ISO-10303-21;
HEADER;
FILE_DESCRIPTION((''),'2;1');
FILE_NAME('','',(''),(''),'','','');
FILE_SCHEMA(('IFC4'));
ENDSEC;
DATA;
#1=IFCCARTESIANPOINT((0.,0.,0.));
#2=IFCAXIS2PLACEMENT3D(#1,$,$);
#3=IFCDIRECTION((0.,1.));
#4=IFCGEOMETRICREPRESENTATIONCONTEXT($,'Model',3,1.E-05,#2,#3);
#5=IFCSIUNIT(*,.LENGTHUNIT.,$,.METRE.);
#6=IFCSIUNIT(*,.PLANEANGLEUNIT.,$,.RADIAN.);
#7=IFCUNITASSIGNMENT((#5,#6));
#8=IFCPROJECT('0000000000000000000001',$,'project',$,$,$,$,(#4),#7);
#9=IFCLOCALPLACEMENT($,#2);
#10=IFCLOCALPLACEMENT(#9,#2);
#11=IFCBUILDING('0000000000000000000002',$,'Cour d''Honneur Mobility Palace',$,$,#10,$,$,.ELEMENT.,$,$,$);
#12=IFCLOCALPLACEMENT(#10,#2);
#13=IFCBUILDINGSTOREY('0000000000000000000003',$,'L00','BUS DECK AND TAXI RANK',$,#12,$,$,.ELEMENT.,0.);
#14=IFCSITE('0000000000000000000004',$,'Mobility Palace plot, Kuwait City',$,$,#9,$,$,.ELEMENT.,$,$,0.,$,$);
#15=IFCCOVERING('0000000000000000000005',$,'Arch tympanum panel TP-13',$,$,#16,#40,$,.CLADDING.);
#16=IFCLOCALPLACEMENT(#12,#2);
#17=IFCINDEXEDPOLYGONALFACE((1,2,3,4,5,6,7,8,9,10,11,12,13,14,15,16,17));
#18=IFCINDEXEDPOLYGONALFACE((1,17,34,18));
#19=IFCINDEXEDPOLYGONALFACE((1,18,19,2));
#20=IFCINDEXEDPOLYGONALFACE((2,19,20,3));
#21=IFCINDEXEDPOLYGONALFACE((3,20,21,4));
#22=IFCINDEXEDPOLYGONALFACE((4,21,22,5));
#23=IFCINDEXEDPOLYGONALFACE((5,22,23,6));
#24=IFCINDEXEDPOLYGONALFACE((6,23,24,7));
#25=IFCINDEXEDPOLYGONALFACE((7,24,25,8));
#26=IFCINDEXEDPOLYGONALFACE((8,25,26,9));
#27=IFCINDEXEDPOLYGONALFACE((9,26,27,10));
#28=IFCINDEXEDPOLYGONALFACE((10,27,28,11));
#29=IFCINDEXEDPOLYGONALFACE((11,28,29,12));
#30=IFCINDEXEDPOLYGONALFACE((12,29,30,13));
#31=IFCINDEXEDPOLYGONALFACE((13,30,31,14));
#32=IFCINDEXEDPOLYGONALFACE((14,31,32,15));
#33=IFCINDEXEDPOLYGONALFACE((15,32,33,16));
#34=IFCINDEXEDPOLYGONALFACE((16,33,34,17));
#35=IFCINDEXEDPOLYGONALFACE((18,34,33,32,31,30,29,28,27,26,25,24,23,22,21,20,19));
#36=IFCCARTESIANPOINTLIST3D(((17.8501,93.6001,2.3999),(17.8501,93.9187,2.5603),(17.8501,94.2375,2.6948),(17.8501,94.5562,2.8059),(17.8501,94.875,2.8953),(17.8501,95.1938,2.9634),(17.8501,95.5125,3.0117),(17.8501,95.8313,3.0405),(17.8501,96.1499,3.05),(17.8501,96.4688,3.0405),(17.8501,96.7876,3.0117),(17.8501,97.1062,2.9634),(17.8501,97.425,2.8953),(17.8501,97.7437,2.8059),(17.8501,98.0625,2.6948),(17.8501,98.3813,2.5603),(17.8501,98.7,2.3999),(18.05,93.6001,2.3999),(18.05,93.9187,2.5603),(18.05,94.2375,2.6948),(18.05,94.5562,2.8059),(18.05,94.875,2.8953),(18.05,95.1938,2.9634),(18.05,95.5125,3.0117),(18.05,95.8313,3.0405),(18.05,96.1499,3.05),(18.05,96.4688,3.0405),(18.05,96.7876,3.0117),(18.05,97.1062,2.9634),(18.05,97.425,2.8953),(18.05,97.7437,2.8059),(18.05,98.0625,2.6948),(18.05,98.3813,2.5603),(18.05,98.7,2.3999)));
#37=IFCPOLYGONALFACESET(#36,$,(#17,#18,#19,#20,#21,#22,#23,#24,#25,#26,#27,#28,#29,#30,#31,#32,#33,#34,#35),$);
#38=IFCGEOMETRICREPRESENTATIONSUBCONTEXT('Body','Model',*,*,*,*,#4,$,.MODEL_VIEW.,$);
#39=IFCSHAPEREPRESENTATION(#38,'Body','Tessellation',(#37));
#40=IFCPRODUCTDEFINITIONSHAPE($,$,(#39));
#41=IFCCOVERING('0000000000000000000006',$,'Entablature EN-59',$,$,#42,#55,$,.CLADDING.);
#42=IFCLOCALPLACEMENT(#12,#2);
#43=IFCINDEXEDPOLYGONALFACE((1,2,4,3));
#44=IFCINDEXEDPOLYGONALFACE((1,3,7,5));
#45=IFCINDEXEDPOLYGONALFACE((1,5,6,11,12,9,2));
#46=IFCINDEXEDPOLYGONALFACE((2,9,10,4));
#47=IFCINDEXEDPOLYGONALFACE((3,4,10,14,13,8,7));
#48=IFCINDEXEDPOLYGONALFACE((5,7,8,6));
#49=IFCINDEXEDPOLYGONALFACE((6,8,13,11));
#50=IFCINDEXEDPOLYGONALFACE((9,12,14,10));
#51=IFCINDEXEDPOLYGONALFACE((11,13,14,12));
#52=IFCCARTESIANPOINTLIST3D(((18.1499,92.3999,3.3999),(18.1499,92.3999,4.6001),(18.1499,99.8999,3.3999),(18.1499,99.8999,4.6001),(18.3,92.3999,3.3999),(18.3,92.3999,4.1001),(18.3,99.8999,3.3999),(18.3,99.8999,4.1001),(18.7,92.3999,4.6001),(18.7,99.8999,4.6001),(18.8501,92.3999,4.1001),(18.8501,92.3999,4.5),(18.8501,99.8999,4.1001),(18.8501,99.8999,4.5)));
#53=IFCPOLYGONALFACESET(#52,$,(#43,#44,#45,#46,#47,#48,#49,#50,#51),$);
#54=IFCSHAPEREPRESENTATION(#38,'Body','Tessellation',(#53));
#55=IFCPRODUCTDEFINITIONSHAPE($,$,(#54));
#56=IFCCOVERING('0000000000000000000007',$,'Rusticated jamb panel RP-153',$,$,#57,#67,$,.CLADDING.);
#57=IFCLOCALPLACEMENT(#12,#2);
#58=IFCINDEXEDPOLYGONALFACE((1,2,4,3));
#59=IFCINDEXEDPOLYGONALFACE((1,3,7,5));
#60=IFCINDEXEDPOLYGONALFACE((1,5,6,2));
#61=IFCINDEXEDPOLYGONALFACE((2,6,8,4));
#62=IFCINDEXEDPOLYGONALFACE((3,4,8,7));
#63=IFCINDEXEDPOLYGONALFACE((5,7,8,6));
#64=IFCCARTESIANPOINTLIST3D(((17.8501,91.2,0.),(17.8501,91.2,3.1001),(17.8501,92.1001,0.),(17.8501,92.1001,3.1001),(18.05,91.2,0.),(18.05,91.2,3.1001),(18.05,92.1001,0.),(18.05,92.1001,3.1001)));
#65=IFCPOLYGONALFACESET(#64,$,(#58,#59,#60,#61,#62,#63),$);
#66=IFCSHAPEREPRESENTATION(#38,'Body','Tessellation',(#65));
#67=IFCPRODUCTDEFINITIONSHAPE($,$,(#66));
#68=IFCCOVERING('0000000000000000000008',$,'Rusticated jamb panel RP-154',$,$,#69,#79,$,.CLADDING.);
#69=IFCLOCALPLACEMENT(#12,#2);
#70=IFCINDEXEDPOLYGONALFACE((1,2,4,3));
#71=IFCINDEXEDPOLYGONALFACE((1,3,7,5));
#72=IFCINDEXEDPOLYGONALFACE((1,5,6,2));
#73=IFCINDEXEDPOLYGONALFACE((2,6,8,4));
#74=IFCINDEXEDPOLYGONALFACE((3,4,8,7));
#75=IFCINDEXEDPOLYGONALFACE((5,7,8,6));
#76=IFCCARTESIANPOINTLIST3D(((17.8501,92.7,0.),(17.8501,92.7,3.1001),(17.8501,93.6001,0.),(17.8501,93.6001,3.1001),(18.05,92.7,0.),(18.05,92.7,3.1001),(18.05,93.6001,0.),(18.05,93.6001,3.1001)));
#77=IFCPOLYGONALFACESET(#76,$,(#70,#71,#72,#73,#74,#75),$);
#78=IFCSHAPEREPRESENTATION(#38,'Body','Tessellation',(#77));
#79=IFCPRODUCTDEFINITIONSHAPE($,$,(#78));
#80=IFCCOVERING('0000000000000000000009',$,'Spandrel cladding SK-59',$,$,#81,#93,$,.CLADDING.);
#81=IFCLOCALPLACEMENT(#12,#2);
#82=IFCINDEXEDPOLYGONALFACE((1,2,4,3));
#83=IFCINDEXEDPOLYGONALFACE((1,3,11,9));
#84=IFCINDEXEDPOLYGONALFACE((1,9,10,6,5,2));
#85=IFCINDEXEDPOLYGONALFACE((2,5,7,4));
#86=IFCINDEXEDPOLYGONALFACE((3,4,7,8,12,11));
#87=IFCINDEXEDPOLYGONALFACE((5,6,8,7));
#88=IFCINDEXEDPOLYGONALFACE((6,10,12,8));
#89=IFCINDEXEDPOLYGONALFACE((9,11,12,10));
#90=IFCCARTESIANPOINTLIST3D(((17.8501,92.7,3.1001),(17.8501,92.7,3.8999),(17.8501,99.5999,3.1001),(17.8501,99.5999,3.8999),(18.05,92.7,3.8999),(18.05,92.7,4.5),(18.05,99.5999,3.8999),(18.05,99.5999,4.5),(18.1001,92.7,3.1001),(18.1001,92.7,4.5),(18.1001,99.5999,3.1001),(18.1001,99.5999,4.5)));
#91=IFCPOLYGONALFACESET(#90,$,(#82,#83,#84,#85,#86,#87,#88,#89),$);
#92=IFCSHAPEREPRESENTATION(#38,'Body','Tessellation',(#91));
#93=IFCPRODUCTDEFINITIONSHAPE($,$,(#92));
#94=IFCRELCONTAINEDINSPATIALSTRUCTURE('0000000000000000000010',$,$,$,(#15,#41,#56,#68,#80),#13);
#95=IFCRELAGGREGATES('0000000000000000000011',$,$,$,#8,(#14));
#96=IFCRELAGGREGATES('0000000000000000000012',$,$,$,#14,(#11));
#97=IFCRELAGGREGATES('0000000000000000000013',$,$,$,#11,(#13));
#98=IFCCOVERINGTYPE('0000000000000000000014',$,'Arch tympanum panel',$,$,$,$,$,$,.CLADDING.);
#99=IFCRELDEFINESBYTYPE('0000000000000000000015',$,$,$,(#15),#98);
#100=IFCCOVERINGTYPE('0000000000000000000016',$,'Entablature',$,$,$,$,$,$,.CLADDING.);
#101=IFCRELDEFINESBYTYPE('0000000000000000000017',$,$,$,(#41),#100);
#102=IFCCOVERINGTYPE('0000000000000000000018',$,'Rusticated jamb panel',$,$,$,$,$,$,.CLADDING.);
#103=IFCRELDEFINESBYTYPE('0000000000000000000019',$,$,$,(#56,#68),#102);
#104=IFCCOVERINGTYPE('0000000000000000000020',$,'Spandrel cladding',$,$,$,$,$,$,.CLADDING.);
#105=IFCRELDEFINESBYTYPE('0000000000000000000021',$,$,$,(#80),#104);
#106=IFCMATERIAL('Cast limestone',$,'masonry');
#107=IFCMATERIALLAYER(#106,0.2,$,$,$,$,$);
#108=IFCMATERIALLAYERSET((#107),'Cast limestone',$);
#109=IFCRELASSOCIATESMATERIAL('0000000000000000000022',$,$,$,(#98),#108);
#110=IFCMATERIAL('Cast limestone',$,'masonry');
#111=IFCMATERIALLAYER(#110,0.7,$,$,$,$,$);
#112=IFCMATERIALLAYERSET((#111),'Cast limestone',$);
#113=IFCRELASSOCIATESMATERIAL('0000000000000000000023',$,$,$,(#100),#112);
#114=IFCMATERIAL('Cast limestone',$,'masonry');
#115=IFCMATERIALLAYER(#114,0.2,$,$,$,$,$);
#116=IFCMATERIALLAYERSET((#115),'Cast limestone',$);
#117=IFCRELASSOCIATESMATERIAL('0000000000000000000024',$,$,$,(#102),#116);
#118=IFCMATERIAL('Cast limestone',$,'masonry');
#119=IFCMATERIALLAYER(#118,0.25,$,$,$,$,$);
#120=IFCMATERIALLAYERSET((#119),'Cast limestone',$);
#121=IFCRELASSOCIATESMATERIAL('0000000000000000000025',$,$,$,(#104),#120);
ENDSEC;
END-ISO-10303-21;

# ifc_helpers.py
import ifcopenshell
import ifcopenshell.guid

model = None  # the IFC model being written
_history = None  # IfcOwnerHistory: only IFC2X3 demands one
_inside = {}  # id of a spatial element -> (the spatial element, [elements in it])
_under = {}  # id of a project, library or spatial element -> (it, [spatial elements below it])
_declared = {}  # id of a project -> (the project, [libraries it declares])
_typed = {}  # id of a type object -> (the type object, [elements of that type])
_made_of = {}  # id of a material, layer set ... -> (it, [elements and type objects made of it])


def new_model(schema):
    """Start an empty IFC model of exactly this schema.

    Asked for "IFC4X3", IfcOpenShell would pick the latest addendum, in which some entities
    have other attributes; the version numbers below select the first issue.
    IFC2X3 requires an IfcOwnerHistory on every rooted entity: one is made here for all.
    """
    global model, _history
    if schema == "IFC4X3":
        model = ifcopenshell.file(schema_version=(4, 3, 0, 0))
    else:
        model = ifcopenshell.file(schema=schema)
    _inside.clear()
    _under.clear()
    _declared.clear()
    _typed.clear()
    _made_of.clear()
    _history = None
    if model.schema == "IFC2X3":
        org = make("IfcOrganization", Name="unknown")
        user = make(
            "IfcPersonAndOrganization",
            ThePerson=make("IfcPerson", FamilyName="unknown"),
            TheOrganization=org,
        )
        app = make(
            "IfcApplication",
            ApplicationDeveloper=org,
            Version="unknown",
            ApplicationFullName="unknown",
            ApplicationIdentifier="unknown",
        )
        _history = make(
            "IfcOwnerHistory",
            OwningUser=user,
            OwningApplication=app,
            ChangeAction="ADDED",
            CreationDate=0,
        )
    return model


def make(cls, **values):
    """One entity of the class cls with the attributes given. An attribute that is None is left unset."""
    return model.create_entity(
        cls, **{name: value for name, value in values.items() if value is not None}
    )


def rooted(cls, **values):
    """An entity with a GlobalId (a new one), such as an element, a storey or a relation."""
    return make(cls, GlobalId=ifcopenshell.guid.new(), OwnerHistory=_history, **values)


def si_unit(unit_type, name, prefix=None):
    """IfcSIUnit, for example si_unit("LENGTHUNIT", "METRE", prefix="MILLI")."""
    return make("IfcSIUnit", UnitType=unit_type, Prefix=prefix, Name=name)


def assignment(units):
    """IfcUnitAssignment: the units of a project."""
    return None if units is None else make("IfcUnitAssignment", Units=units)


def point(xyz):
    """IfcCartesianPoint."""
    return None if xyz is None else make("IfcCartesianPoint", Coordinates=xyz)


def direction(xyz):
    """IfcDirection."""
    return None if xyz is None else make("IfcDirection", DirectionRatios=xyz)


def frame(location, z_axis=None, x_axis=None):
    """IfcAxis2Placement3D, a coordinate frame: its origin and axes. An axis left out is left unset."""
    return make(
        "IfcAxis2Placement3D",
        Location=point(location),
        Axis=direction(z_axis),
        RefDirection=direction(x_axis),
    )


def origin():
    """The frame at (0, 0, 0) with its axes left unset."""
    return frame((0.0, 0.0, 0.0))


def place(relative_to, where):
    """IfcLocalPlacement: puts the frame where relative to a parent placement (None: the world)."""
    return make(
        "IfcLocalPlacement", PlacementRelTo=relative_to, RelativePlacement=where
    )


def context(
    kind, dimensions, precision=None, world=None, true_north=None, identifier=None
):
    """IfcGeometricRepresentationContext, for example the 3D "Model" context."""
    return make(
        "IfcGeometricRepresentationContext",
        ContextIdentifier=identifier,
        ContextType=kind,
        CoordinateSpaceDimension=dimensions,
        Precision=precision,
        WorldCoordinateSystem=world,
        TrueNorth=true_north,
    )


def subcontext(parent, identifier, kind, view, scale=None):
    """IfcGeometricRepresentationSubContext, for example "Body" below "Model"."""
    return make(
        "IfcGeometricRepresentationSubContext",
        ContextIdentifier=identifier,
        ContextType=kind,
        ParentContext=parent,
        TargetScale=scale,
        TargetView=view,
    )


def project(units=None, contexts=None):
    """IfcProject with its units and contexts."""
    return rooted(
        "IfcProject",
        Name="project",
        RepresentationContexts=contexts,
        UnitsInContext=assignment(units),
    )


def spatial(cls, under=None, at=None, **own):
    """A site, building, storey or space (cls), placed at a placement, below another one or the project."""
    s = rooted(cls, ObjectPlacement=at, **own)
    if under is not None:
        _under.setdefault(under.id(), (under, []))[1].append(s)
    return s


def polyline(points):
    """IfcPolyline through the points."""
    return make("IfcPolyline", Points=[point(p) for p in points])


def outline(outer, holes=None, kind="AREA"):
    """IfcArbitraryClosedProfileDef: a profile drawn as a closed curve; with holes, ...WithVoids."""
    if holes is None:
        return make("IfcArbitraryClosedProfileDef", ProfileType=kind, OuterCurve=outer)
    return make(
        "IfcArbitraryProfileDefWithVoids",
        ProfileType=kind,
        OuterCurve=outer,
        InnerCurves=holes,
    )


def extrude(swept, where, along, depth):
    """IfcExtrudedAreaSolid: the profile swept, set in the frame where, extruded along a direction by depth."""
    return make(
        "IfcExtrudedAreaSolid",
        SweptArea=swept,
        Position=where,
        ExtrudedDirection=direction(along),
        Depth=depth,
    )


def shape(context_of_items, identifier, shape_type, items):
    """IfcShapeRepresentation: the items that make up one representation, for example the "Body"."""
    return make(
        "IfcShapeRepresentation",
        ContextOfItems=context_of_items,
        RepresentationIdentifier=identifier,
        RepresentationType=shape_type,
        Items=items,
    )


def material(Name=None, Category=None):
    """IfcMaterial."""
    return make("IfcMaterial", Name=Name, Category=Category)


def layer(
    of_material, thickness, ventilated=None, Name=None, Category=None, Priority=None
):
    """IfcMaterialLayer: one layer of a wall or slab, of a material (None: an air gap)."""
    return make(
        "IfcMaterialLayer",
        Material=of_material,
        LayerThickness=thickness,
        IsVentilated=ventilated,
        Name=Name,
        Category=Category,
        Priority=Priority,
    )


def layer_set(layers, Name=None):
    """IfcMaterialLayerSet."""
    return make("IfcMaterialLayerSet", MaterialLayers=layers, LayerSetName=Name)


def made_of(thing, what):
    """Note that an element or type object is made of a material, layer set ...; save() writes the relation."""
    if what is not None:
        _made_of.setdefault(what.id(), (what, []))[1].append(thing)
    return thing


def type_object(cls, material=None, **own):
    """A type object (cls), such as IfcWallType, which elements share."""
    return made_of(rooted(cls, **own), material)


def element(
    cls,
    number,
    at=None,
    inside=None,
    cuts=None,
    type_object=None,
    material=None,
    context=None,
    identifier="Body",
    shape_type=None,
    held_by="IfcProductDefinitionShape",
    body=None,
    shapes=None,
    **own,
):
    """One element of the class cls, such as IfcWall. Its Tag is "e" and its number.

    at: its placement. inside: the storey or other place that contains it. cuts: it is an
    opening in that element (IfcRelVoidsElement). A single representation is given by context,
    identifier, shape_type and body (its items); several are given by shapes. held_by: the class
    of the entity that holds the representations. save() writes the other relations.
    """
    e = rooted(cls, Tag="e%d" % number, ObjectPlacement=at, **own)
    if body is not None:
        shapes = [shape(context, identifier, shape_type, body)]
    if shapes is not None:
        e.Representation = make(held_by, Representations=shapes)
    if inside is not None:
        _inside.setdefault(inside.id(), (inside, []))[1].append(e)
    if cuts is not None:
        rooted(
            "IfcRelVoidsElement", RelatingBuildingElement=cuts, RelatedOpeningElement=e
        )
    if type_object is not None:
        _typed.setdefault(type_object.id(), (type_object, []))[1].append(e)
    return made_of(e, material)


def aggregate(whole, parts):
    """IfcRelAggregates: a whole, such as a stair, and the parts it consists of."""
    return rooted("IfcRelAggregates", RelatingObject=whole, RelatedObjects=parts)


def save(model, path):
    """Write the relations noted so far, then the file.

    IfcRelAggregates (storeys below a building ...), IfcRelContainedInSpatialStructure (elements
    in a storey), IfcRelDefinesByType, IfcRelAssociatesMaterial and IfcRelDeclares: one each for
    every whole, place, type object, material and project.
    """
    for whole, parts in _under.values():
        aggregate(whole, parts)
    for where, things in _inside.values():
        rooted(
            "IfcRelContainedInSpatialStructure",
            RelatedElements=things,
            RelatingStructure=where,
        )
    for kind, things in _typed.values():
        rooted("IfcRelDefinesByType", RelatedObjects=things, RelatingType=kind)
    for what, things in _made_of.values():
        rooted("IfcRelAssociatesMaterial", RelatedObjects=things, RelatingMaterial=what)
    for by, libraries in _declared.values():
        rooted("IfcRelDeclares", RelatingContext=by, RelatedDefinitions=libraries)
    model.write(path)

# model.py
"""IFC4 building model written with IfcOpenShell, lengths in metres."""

from ifc_helpers import new_model, si_unit, direction, frame, origin, place, context, subcontext, project, spatial, polyline, outline, extrude, material, layer, layer_set, type_object, element, save


model = new_model("IFC4")

# Units and contexts
model_context = context("Model", 3, precision=1e-05, world=origin(), true_north=direction((0.0, 1.0)))
body_context = subcontext(model_context, "Body", "Model", "MODEL_VIEW")
ifc_project = project(units=[si_unit("LENGTHUNIT", "METRE"), si_unit("PLANEANGLEUNIT", "RADIAN")], contexts=[model_context])

# Site, building, storey
site_placement = place(None, origin())
site = spatial("IfcSite", under=ifc_project, at=site_placement, Name="Mobility Palace plot, Kuwait City", CompositionType="ELEMENT", RefElevation=0.0)
building_placement = place(site_placement, origin())
building = spatial("IfcBuilding", under=site, at=building_placement, Name="Cour d'Honneur Mobility Palace", CompositionType="ELEMENT")
storey_placement = place(building_placement, origin())
storey = spatial("IfcBuildingStorey", under=building, at=storey_placement, Name="L00", Description="BUS DECK AND TAXI RANK", CompositionType="ELEMENT", Elevation=0.0)

# Coverings
ifc_material_1 = material(Name="Cast limestone", Category="masonry")
ifc_layer_1 = layer(ifc_material_1, 0.2)
ifc_layer_set_1 = layer_set([ifc_layer_1], Name="Cast limestone")
covering_type_1 = type_object("IfcCoveringType", Name="Arch tympanum panel", PredefinedType="CLADDING", material=ifc_layer_set_1)
covering_1_placement = place(storey_placement, frame((18.05, 93.6001, 2.3999), z_axis=(1.0, 0.0, 0.0), x_axis=(0.0, 1.0, 0.0)))
element("IfcCovering", 1, at=covering_1_placement, inside=storey, type_object=covering_type_1, Name="Arch tympanum panel TP-13", PredefinedType="CLADDING", context=body_context, shape_type="SweptSolid", body=[
    extrude(outline(polyline([(0.0, 0.0), (5.0999, 0.0), (5.0999, 0.0), (4.7812, 0.1604), (4.4624, 0.2949), (4.1436, 0.406), (3.825, 0.4954), (3.5061, 0.5635), (3.1875, 0.6118), (2.8687, 0.6406), (2.5498, 0.6501), (2.2312, 0.6406), (1.9124, 0.6118), (1.5938, 0.5635), (1.2749, 0.4954), (0.9561, 0.406), (0.6375, 0.2949), (0.3186, 0.1604), (0.0, 0.0), (0.0, 0.0)])), origin(), (0.0, 0.0, -1.0), 0.2),
])
ifc_material_2 = material(Name="Cast limestone", Category="masonry")
ifc_layer_2 = layer(ifc_material_2, 0.7)
ifc_layer_set_2 = layer_set([ifc_layer_2], Name="Cast limestone")
covering_type_2 = type_object("IfcCoveringType", Name="Entablature", PredefinedType="CLADDING", material=ifc_layer_set_2)
covering_2_placement = place(storey_placement, frame((18.1499, 92.3999, 3.3999), z_axis=(0.0, -1.0, 0.0), x_axis=(1.0, 0.0, 0.0)))
element("IfcCovering", 2, at=covering_2_placement, inside=storey, type_object=covering_type_2, Name="Entablature EN-59", PredefinedType="CLADDING", context=body_context, shape_type="SweptSolid", body=[
    extrude(outline(polyline([(0.0, 0.0), (0.1501, 0.0), (0.1501, 0.7002), (0.7002, 0.7002), (0.7002, 1.1001), (0.55, 1.2002), (0.0, 1.2002), (0.0, 0.0)])), origin(), (0.0, 0.0, -1.0), 7.5),
])
ifc_material_3 = material(Name="Cast limestone", Category="masonry")
ifc_layer_3 = layer(ifc_material_3, 0.2)
ifc_layer_set_3 = layer_set([ifc_layer_3], Name="Cast limestone")
covering_type_3 = type_object("IfcCoveringType", Name="Rusticated jamb panel", PredefinedType="CLADDING", material=ifc_layer_set_3)
for number, where, z_axis, x_axis, name in (
    (3, (18.05, 91.2, 0.0), (1.0, 0.0, 0.0), (0.0, 1.0, 0.0), "Rusticated jamb panel RP-153"),
    (4, (18.05, 92.7, 0.0), (1.0, 0.0, 0.0), (0.0, 1.0, 0.0), "Rusticated jamb panel RP-154"),
):
    element("IfcCovering", number, at=place(storey_placement, frame(where, z_axis=z_axis, x_axis=x_axis)), inside=storey, type_object=covering_type_3, Name=name, PredefinedType="CLADDING", context=body_context, shape_type="SweptSolid", body=[
        extrude(outline(polyline([(0.0, 0.0), (0.9001, 0.0), (0.9001, 3.1001), (0.0, 3.1001), (0.0, 0.0)])), origin(), (0.0, 0.0, -1.0), 0.2),
    ])
ifc_material_4 = material(Name="Cast limestone", Category="masonry")
ifc_layer_4 = layer(ifc_material_4, 0.25)
ifc_layer_set_4 = layer_set([ifc_layer_4], Name="Cast limestone")
covering_type_4 = type_object("IfcCoveringType", Name="Spandrel cladding", PredefinedType="CLADDING", material=ifc_layer_set_4)
covering_3_placement = place(storey_placement, frame((17.8501, 92.7, 3.1001), z_axis=(0.0, -1.0, 0.0), x_axis=(1.0, 0.0, 0.0)))
element("IfcCovering", 5, at=covering_3_placement, inside=storey, type_object=covering_type_4, Name="Spandrel cladding SK-59", PredefinedType="CLADDING", context=body_context, shape_type="SweptSolid", body=[
    extrude(outline(polyline([(0.0, 0.0), (0.25, 0.0), (0.25, 1.3999), (0.2, 1.3999), (0.2, 0.7998), (0.0, 0.7998), (0.0, 0.0)])), origin(), (0.0, 0.0, -1.0), 6.8999),
])

save(model, "model.ifc")
